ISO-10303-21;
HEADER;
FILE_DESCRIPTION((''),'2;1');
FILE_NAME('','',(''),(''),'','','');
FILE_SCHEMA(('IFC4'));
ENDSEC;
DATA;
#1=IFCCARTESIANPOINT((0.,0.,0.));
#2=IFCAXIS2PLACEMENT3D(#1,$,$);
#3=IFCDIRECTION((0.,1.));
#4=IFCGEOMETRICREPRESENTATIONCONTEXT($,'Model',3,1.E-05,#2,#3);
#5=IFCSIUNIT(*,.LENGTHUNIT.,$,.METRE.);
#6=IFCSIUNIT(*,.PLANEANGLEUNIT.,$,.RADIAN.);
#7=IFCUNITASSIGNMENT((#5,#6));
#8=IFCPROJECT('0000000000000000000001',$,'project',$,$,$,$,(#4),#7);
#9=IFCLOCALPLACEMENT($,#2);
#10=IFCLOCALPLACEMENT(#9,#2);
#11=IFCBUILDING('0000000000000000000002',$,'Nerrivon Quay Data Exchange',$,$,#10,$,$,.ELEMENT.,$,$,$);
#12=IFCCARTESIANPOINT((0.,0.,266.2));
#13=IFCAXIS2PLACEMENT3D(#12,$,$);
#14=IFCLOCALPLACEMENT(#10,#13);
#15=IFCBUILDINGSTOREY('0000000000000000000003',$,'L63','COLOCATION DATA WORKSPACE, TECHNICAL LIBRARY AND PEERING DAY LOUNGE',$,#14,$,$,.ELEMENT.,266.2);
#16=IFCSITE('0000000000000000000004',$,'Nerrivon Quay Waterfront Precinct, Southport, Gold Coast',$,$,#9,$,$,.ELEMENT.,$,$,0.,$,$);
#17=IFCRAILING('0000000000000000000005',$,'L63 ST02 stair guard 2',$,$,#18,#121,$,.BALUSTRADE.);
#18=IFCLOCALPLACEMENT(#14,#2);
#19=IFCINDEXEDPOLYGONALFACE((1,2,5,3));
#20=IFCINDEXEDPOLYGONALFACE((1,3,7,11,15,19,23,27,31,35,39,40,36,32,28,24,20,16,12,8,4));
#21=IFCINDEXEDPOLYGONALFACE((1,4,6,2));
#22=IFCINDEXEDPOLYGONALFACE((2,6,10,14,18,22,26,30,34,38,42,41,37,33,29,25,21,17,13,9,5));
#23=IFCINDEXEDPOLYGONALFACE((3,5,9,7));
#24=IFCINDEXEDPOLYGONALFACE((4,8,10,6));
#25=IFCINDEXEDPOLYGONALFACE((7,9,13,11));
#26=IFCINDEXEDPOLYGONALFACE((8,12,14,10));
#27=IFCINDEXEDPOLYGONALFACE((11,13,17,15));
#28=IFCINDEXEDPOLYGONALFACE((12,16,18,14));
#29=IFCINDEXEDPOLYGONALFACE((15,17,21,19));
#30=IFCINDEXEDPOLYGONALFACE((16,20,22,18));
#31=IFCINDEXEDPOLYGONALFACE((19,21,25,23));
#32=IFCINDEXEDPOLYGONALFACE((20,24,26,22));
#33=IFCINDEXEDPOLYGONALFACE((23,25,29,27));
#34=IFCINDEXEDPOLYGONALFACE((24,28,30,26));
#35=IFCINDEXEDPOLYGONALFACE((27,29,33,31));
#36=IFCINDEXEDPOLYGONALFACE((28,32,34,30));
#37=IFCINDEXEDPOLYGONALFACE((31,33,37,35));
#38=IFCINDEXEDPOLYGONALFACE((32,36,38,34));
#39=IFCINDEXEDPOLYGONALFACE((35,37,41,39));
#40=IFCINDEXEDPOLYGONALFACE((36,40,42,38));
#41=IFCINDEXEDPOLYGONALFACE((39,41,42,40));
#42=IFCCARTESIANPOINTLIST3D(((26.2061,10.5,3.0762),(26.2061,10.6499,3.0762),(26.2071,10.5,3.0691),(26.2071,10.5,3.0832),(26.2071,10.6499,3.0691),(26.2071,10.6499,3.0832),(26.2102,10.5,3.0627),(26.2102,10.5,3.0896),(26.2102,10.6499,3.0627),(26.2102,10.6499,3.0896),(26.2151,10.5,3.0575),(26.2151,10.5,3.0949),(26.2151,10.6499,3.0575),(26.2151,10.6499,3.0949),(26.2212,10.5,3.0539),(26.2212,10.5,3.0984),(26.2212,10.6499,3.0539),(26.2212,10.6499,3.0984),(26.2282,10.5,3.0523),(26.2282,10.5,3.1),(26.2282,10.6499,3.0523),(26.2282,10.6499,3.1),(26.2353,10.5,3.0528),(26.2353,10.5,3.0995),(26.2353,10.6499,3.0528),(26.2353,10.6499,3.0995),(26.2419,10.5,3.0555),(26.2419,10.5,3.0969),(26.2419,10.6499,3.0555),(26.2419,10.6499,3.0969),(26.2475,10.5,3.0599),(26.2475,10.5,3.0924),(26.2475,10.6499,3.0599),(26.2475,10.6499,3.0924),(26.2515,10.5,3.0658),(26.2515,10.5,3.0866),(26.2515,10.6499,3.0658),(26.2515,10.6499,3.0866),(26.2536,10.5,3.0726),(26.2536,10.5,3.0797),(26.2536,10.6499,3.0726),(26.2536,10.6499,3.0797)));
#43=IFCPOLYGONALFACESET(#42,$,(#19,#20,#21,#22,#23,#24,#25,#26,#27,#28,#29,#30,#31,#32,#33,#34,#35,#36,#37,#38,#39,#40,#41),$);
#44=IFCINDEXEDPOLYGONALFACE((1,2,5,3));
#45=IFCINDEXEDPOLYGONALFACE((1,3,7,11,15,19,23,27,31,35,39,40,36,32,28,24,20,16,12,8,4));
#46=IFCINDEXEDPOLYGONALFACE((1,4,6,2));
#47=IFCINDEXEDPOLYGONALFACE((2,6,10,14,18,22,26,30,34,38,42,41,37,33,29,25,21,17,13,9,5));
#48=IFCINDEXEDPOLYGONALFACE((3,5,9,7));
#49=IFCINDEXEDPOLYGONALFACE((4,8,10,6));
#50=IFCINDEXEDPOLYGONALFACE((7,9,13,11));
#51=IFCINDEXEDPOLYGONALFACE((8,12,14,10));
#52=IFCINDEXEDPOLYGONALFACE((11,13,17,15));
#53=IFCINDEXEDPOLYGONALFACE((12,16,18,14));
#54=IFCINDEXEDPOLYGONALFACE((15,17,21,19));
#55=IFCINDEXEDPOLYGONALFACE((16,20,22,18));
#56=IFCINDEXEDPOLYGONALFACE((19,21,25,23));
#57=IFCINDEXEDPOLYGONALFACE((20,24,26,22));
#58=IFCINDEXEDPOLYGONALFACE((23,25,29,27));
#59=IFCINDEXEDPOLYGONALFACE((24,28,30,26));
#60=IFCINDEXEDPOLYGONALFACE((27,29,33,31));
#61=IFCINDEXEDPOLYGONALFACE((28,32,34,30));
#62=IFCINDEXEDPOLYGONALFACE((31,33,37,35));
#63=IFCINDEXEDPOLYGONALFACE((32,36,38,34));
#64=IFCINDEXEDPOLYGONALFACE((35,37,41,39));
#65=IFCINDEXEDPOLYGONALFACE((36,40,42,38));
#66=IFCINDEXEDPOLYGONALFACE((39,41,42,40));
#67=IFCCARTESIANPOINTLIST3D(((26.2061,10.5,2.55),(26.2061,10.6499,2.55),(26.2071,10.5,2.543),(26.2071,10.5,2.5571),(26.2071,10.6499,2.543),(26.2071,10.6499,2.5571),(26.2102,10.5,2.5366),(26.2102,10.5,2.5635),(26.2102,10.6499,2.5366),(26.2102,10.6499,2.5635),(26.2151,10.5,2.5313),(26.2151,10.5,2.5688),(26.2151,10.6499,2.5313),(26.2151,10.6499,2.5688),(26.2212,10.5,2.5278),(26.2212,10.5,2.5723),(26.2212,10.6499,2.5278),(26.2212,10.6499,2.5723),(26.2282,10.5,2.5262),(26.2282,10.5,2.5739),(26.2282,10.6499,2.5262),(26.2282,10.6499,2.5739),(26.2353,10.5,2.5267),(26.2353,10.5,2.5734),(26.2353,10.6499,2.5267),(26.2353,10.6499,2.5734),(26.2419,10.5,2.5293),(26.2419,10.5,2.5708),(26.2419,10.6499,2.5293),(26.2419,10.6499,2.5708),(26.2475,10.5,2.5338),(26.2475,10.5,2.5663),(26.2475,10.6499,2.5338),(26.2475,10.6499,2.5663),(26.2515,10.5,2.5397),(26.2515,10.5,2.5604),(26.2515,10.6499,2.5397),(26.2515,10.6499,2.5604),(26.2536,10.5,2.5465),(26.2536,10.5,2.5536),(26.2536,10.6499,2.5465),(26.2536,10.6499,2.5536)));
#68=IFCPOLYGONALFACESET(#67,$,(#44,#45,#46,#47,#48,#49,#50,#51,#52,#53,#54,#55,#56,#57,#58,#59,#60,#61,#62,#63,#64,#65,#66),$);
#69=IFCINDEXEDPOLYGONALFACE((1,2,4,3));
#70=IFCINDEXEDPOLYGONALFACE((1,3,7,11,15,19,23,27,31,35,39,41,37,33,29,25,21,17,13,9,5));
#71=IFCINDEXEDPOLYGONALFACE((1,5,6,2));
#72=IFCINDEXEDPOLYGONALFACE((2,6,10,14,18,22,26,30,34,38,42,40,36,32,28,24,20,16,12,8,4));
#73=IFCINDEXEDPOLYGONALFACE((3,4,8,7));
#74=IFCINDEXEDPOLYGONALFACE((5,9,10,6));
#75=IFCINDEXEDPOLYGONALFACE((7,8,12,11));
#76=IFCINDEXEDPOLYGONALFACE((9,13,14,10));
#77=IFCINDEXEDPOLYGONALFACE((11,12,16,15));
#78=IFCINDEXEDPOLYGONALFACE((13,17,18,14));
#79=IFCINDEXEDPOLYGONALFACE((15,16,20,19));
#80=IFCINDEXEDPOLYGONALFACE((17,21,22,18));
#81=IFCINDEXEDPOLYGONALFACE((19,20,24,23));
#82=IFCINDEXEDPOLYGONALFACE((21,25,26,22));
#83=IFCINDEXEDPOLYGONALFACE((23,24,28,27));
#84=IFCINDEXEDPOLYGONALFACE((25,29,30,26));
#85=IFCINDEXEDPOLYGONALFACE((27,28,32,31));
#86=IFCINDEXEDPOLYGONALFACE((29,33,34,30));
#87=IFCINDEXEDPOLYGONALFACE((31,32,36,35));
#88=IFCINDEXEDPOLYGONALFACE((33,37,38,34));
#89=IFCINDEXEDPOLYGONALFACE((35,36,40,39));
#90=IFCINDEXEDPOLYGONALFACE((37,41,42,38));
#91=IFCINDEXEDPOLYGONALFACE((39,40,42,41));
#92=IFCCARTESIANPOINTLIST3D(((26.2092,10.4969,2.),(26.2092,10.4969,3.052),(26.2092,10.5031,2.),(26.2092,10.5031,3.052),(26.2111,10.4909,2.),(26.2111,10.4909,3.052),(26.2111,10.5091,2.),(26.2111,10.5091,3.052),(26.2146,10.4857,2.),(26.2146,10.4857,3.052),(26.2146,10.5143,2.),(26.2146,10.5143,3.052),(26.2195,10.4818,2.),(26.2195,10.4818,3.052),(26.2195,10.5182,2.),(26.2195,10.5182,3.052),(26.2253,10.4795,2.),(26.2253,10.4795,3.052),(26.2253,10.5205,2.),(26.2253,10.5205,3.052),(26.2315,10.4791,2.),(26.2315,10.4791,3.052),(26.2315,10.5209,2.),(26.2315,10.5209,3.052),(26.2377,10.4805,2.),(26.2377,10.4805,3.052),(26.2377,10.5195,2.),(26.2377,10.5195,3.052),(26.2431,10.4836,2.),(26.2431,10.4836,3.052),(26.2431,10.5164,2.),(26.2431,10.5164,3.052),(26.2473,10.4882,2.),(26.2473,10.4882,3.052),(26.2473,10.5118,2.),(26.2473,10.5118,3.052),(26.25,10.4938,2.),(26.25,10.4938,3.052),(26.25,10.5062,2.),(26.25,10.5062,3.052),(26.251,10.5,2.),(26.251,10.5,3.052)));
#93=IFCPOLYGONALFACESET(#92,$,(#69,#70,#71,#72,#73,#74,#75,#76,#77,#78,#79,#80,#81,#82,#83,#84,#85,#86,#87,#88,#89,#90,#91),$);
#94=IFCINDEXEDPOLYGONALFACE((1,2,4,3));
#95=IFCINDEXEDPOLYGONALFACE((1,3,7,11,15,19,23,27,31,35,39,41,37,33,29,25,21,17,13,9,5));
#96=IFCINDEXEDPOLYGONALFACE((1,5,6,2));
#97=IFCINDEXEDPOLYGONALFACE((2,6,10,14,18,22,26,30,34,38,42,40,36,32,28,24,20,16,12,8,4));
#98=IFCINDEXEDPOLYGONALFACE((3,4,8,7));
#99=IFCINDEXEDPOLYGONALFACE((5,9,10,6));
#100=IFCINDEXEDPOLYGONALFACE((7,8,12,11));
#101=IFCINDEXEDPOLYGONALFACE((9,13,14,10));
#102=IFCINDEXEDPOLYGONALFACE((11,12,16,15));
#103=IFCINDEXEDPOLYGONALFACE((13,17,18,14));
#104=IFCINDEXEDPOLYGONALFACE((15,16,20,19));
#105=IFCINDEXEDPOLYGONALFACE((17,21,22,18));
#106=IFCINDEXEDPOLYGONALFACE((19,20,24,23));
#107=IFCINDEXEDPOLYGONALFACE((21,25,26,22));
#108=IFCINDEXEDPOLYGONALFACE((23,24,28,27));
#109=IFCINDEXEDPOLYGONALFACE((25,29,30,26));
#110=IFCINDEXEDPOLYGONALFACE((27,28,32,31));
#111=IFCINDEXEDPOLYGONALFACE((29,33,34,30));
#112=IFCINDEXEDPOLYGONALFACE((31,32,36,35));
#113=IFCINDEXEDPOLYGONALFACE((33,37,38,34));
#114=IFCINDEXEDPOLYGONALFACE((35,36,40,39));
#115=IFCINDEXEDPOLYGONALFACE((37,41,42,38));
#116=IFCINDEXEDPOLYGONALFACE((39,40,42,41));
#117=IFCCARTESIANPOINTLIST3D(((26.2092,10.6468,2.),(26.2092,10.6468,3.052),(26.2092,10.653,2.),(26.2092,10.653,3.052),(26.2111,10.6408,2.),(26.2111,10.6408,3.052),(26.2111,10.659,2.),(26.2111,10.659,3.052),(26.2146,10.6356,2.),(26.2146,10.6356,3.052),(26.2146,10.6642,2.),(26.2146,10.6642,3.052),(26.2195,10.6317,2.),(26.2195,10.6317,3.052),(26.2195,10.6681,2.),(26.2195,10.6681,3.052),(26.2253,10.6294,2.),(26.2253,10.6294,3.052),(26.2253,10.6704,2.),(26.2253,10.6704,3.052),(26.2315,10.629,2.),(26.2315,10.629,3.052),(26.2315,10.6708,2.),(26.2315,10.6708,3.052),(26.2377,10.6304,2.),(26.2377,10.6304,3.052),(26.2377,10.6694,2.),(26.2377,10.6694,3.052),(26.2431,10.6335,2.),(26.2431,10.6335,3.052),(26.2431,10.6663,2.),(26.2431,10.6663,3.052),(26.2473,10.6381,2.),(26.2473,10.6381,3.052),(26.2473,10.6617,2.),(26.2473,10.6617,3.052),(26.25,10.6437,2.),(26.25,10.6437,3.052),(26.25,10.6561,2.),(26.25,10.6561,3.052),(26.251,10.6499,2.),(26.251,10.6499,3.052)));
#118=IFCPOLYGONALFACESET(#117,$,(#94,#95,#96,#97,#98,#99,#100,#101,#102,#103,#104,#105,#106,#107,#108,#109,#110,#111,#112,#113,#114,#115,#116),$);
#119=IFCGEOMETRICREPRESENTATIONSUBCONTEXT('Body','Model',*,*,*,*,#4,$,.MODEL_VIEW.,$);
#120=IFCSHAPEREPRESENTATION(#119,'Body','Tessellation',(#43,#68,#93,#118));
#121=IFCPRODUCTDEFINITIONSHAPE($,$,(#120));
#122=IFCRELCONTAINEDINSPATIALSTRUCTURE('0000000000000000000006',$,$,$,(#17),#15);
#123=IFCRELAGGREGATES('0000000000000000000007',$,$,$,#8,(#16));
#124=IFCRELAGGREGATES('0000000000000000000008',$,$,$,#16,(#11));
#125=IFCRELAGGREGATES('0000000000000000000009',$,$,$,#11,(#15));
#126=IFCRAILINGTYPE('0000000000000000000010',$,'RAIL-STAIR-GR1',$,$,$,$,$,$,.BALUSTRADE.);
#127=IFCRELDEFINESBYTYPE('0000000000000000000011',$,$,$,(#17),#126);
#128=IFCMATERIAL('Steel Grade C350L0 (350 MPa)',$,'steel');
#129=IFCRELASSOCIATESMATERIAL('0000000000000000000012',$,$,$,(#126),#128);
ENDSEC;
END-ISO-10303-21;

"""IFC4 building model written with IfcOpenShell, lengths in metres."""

from ifc_helpers import new_model, si_unit, direction, frame, origin, origin_2d, place, context, subcontext, project, spatial, circle, extrude, material, type_object, element, save


model = new_model("IFC4")

# Units and contexts
model_context = context("Model", 3, precision=1e-05, world=origin(), true_north=direction((0.0, 1.0)))
body_context = subcontext(model_context, "Body", "Model", "MODEL_VIEW")
ifc_project = project(units=[si_unit("LENGTHUNIT", "METRE"), si_unit("PLANEANGLEUNIT", "RADIAN")], contexts=[model_context])

# Site, building, storey
site_placement = place(None, origin())
site = spatial("IfcSite", under=ifc_project, at=site_placement, Name="Nerrivon Quay Waterfront Precinct, Southport, Gold Coast", CompositionType="ELEMENT", RefElevation=0.0)
building_placement = place(site_placement, origin())
building = spatial("IfcBuilding", under=site, at=building_placement, Name="Nerrivon Quay Data Exchange", CompositionType="ELEMENT")
storey_placement = place(building_placement, frame((0.0, 0.0, 266.2)))
storey = spatial("IfcBuildingStorey", under=building, at=storey_placement, Name="L63", Description="COLOCATION DATA WORKSPACE, TECHNICAL LIBRARY AND PEERING DAY LOUNGE", CompositionType="ELEMENT", Elevation=266.2)

# Railing
ifc_material_1 = material(Name="Steel Grade C350L0 (350 MPa)", Category="steel")
railing_type = type_object("IfcRailingType", Name="RAIL-STAIR-GR1", PredefinedType="BALUSTRADE", material=ifc_material_1)
railing_placement = place(storey_placement, frame((26.23, 10.5, 2.0)))
element("IfcRailing", 1, at=railing_placement, inside=storey, type_object=railing_type, Name="L63 ST02 stair guard 2", PredefinedType="BALUSTRADE", context=body_context, shape_type="SweptSolid", body=[
    extrude(circle(Radius=0.0239, at=origin_2d()), frame((0.0, 0.0, 1.0762), z_axis=(0.0, 1.0, 0.0), x_axis=(-1.0, 0.0, 0.0)), (0.0, 0.0, 1.0), 0.1499),
    extrude(circle(Radius=0.0239, at=origin_2d()), frame((0.0, 0.0, 0.55), z_axis=(0.0, 1.0, 0.0), x_axis=(-1.0, 0.0, 0.0)), (0.0, 0.0, 1.0), 0.1499),
    extrude(circle(Radius=0.021, at=origin_2d()), origin(), (0.0, 0.0, 1.0), 1.052),
    extrude(circle(Radius=0.021, at=origin_2d()), frame((0.0, 0.1499, 0.0)), (0.0, 0.0, 1.0), 1.052),
])

save(model, "model.ifc")
